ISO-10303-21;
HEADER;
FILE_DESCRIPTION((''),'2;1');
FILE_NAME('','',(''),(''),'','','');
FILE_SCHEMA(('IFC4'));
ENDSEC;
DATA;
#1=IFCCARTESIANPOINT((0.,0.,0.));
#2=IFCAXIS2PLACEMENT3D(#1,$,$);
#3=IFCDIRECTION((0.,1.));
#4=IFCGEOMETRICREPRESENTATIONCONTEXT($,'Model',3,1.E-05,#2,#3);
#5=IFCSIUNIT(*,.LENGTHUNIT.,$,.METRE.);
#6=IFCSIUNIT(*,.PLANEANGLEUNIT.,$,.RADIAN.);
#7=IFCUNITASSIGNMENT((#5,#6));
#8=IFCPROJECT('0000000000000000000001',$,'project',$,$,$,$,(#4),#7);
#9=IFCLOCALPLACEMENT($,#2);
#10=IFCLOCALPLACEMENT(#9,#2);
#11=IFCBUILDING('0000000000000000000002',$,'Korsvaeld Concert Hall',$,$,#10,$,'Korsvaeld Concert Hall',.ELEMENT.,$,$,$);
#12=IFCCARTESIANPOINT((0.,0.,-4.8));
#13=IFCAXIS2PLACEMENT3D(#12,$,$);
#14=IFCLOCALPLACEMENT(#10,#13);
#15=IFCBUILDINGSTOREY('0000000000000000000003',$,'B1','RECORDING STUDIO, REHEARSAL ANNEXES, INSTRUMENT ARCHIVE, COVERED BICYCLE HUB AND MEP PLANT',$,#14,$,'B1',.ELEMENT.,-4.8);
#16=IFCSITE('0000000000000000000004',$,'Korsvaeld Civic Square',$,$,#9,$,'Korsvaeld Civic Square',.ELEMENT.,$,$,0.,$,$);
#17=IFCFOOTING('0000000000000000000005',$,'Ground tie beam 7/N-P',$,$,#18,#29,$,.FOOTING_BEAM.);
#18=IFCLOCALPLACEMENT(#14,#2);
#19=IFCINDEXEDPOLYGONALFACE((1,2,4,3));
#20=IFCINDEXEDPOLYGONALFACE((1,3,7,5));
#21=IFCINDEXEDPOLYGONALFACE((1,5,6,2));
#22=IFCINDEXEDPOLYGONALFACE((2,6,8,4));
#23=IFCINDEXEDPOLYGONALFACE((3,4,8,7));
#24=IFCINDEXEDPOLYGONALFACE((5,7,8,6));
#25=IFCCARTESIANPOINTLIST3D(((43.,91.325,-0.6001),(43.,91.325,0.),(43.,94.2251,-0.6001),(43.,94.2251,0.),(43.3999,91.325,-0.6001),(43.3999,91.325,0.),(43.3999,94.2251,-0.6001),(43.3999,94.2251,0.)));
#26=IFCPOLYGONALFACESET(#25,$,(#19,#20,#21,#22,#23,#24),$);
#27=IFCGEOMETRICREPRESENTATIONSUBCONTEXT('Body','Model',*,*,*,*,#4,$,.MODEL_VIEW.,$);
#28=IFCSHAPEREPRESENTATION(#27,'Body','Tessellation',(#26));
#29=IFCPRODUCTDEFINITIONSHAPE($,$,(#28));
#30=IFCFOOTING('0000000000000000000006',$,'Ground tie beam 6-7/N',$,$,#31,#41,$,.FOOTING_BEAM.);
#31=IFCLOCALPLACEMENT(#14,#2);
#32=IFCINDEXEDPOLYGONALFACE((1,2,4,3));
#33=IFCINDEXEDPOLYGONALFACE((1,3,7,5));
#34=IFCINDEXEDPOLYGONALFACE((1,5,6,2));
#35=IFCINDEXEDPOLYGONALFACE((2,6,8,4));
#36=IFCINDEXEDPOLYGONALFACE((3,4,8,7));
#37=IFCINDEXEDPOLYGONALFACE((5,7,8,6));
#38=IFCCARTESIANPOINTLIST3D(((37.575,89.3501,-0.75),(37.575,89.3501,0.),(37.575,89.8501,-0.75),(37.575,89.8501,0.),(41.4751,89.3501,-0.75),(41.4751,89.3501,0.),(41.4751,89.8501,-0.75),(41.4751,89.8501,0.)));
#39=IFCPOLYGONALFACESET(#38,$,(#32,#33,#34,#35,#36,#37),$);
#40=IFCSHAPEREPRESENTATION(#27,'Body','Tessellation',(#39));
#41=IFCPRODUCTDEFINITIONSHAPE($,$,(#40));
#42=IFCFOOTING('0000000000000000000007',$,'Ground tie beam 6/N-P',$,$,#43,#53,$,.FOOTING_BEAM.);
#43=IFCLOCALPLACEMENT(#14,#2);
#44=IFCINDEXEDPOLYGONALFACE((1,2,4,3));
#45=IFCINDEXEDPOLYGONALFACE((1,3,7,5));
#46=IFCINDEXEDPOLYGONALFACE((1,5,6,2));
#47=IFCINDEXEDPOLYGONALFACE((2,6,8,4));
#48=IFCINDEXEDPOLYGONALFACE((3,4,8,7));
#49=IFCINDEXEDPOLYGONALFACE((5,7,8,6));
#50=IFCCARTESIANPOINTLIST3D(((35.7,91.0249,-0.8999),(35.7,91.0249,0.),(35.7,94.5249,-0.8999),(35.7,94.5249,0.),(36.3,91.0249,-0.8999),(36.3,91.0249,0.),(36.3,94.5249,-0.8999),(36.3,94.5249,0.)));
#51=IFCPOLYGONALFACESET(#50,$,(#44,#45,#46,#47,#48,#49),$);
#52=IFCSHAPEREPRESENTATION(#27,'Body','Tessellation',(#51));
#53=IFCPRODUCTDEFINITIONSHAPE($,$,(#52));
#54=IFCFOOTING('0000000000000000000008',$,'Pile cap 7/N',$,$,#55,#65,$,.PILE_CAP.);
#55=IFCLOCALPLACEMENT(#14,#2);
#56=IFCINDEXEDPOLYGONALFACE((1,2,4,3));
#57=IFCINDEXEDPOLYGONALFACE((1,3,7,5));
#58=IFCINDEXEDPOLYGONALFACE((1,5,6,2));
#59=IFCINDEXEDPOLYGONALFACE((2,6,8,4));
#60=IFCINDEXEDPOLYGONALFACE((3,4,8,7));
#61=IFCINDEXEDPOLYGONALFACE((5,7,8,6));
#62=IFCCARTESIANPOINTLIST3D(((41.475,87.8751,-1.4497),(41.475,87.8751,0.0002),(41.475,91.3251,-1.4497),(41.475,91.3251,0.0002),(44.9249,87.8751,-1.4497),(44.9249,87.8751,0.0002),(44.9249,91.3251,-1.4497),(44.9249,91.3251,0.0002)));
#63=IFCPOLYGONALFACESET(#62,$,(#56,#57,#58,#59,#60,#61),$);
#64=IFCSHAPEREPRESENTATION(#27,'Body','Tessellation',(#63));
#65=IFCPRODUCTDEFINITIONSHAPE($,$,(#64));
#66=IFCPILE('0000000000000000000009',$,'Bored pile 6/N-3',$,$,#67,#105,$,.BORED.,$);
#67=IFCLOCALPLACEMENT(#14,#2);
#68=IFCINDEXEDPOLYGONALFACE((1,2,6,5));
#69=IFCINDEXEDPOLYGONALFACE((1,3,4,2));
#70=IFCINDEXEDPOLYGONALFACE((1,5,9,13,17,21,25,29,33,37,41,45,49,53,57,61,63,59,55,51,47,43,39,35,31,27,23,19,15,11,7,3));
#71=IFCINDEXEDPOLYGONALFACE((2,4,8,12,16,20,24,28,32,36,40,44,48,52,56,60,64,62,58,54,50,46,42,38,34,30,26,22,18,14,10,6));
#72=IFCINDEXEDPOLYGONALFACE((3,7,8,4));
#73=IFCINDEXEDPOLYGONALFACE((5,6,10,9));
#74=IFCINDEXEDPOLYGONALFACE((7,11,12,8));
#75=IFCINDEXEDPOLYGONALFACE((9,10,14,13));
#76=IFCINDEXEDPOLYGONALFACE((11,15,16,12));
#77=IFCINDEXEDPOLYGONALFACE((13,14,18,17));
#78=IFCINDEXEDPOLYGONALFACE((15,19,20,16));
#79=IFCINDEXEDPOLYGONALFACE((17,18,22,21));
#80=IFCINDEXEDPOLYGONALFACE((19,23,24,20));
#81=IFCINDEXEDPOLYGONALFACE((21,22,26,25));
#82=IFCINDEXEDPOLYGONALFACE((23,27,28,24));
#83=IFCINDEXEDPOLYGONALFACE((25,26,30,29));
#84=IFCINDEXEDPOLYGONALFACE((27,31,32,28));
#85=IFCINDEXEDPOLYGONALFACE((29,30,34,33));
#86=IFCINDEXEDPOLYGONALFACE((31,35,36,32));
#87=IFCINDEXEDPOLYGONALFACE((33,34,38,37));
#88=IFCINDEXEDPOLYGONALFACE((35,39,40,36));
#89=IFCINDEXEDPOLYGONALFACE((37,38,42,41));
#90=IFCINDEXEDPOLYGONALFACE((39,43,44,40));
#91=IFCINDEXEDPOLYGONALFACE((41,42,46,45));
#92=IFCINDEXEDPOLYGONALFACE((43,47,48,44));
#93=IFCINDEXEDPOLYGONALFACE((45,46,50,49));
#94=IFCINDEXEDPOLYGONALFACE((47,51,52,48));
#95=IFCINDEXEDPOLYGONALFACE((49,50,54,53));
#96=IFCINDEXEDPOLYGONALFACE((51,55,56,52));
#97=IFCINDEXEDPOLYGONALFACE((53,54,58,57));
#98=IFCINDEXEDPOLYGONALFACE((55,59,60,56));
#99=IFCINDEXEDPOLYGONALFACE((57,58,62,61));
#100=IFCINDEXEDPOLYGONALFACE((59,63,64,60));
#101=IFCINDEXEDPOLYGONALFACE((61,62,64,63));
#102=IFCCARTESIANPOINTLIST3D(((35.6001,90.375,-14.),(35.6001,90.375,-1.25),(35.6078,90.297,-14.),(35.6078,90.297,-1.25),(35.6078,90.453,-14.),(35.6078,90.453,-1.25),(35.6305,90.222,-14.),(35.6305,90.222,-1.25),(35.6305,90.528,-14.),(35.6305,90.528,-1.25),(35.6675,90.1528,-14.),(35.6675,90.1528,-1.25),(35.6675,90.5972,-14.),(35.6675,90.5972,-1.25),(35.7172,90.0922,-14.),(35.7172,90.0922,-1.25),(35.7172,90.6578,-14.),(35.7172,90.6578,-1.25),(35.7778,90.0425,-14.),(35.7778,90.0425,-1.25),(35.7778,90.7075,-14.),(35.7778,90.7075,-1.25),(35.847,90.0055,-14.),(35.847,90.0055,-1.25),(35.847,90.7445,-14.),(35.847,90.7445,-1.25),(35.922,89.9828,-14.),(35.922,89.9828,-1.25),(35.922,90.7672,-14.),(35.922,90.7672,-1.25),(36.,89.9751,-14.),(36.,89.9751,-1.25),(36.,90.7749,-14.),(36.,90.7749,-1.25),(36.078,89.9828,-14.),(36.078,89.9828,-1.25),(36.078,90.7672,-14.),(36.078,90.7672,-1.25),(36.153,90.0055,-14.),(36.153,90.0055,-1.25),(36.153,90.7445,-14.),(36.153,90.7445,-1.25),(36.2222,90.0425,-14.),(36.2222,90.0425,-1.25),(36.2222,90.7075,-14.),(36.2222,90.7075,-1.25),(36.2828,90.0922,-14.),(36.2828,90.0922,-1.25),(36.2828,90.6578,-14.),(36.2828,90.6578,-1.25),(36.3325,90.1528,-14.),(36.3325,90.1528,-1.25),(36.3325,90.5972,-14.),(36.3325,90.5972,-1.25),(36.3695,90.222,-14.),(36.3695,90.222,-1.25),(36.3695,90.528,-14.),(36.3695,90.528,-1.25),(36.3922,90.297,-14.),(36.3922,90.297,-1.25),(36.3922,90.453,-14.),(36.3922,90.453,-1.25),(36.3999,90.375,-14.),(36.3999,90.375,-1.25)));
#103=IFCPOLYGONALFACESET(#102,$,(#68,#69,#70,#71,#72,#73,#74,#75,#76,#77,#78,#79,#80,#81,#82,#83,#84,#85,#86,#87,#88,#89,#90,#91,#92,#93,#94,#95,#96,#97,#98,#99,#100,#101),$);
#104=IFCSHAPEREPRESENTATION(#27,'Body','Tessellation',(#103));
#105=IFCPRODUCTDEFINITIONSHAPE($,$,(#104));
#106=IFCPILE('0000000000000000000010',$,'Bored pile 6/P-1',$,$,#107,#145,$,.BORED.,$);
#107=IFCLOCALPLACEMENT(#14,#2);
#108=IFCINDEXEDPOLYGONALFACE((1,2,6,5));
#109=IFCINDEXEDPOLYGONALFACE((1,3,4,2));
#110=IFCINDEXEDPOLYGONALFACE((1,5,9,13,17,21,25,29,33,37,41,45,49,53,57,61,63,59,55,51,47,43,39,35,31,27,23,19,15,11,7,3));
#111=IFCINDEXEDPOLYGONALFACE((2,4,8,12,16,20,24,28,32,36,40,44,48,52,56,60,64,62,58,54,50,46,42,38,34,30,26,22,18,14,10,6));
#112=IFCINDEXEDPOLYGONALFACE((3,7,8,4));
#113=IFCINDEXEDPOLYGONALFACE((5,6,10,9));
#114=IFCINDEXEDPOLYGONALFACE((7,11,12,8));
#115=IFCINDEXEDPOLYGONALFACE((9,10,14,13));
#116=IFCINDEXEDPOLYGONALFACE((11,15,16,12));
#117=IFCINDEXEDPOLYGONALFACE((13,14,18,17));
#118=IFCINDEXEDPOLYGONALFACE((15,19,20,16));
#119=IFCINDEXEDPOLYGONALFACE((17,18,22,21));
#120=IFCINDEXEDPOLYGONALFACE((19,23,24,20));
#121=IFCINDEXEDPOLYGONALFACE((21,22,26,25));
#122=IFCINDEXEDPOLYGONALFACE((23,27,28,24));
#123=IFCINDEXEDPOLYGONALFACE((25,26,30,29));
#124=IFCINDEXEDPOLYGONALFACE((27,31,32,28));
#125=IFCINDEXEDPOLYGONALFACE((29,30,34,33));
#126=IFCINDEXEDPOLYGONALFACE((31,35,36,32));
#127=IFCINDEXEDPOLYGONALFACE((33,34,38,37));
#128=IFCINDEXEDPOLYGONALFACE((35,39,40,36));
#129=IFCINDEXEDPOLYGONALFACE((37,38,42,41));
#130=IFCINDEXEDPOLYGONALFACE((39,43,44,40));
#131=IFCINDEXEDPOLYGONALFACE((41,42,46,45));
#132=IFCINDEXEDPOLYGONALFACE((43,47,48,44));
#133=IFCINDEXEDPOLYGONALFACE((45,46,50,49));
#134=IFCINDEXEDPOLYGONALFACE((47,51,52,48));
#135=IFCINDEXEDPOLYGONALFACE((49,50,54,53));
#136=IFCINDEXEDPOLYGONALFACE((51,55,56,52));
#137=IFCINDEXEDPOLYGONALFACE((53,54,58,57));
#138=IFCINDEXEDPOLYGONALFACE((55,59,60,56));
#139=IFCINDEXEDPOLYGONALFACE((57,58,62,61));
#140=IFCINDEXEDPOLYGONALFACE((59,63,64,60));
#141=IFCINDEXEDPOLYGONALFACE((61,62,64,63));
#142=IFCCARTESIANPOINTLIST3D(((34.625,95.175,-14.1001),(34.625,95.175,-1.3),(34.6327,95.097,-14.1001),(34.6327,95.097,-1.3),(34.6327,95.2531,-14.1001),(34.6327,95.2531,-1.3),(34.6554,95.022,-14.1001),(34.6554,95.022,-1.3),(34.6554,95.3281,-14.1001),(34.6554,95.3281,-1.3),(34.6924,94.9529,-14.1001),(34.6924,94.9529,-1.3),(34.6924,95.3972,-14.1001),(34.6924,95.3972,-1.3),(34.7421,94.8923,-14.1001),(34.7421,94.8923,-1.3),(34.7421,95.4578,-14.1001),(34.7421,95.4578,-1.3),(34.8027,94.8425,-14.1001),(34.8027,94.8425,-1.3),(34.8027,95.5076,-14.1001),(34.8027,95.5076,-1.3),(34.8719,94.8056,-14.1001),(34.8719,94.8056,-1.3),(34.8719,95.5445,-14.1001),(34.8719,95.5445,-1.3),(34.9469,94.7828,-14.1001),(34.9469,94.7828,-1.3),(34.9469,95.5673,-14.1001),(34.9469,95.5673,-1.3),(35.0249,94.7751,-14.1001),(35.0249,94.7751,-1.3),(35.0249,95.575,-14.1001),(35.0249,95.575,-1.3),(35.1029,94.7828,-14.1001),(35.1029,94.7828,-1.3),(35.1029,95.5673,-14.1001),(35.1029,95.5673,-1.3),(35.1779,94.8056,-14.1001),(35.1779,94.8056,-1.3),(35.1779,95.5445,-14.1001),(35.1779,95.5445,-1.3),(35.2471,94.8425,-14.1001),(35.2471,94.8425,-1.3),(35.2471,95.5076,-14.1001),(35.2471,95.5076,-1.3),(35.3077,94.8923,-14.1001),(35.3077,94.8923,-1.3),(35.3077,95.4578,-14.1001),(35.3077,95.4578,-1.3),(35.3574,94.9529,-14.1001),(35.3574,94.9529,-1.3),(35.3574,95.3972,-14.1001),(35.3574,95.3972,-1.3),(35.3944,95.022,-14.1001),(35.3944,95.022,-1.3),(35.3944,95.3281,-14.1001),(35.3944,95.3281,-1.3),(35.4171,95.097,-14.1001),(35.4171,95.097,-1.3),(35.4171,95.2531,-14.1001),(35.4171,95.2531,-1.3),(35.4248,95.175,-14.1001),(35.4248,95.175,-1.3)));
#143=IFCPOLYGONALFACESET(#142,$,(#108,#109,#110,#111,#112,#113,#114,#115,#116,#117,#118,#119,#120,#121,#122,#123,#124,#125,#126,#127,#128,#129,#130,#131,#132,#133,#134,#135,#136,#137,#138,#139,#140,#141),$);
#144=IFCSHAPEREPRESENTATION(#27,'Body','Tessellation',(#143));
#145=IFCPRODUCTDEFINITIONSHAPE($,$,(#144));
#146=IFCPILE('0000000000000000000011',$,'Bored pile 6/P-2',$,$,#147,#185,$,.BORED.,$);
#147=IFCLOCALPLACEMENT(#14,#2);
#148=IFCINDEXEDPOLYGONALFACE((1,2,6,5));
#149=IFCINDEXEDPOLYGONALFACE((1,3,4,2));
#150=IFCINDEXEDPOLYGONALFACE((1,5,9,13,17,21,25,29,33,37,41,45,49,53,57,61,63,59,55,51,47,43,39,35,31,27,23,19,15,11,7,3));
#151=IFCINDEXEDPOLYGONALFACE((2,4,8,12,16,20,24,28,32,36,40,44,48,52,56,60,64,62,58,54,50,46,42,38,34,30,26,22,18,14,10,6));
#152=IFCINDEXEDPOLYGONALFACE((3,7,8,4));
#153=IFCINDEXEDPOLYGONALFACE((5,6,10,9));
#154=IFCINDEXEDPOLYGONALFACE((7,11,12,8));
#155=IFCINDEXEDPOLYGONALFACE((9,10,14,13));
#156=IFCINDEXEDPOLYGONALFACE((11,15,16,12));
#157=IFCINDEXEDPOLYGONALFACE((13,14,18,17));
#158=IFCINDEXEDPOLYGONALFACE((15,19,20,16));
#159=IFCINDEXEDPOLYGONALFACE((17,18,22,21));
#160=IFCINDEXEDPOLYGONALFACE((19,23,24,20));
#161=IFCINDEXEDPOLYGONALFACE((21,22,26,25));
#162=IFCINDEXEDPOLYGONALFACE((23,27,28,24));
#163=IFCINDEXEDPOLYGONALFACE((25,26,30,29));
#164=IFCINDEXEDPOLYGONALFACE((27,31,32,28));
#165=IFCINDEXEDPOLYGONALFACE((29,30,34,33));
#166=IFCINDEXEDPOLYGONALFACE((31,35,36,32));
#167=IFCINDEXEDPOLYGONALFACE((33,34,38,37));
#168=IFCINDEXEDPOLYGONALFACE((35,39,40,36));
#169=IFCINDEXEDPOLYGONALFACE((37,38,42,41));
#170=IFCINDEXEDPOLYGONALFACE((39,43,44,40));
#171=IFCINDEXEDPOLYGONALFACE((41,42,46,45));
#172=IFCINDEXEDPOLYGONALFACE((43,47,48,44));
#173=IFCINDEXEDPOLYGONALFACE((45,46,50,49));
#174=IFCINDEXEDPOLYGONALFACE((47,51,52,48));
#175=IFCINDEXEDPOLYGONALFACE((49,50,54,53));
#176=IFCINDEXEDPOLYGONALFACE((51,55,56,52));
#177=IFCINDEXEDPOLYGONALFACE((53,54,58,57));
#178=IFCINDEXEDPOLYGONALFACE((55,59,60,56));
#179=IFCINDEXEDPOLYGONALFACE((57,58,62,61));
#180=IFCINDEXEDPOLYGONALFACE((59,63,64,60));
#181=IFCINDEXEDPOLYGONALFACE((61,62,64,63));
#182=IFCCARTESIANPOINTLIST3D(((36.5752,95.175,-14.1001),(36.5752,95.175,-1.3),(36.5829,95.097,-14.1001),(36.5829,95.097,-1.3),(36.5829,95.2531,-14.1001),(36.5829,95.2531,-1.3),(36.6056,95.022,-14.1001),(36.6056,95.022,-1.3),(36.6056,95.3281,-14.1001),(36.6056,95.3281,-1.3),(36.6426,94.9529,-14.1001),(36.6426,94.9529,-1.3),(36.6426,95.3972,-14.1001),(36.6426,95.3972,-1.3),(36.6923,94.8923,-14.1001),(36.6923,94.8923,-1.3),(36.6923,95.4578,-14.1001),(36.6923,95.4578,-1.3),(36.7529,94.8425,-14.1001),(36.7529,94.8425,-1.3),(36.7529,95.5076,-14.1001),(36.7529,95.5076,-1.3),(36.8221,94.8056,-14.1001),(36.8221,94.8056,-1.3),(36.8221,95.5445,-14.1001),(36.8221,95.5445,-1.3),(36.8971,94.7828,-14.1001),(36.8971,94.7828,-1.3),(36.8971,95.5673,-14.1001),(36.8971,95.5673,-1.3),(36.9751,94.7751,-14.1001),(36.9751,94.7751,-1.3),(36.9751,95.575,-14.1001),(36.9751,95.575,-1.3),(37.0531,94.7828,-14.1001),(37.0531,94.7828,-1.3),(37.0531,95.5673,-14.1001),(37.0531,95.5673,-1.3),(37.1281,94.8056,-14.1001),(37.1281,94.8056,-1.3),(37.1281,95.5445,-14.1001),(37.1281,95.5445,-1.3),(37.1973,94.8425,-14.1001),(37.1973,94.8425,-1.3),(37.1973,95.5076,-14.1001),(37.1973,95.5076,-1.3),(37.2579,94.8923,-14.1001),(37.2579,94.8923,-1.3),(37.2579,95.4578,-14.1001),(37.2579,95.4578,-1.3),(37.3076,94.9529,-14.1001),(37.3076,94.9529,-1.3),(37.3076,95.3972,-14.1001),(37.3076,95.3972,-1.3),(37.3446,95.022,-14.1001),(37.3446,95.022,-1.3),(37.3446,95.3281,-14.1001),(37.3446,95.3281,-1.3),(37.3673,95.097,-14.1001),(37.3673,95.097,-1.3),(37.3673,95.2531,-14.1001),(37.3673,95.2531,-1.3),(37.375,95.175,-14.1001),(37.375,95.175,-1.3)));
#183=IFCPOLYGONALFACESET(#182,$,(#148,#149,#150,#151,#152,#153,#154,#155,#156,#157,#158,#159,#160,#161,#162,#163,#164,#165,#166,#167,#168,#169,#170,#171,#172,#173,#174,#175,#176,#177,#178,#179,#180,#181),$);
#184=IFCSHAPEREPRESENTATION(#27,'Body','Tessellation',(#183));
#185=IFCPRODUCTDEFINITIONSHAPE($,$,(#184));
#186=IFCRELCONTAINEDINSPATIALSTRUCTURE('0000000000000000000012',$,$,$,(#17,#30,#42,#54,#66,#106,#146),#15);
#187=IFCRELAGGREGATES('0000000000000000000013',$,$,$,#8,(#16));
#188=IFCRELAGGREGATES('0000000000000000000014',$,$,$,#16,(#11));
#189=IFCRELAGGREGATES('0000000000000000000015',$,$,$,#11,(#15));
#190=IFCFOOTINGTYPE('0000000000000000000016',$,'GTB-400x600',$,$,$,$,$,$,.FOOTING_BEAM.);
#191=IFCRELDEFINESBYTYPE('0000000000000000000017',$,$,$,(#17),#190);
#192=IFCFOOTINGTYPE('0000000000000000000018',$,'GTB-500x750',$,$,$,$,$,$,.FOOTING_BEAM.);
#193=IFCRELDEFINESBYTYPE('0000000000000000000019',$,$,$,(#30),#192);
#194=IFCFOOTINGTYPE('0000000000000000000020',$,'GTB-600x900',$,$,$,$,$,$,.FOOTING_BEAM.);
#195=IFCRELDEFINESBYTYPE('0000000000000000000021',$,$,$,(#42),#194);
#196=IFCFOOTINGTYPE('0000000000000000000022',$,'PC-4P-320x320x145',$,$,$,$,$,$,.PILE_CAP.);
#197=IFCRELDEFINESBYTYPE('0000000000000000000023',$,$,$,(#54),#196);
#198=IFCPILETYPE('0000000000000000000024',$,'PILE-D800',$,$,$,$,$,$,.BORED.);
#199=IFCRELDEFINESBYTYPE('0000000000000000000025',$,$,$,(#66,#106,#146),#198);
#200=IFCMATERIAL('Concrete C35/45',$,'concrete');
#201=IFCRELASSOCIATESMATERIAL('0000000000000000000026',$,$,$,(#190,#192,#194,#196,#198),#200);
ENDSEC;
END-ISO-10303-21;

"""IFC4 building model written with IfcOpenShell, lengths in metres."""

from ifc_helpers import new_model, si_unit, direction, frame, origin, origin_2d, place, context, subcontext, project, spatial, rectangle, circle, extrude, material, material_profile, profile_set, type_object, element, save


model = new_model("IFC4")

# Units and contexts
model_context = context("Model", 3, precision=1e-05, world=origin(), true_north=direction((0.0, 1.0)))
body_context = subcontext(model_context, "Body", "Model", "MODEL_VIEW")
ifc_project = project(units=[si_unit("LENGTHUNIT", "METRE"), si_unit("PLANEANGLEUNIT", "RADIAN")], contexts=[model_context])

# Site, building, storey
site_placement = place(None, origin())
site = spatial("IfcSite", under=ifc_project, at=site_placement, Name="Korsvaeld Civic Square", LongName="Korsvaeld Civic Square", CompositionType="ELEMENT", RefElevation=0.0)
building_placement = place(site_placement, origin())
building = spatial("IfcBuilding", under=site, at=building_placement, Name="Korsvaeld Concert Hall", LongName="Korsvaeld Concert Hall", CompositionType="ELEMENT")
storey_placement = place(building_placement, frame((0.0, 0.0, -4.8)))
storey = spatial("IfcBuildingStorey", under=building, at=storey_placement, Name="B1", Description="RECORDING STUDIO, REHEARSAL ANNEXES, INSTRUMENT ARCHIVE, COVERED BICYCLE HUB AND MEP PLANT", LongName="B1", CompositionType="ELEMENT", Elevation=-4.8)

# Footings
ifc_material_1 = material(Name="Concrete C35/45", Category="concrete")
ifc_material_profile_1 = material_profile(ifc_material_1, rectangle(XDim=0.3999, YDim=0.6001, at=origin_2d()), Name="GTB 400x600")
ifc_profile_set_1 = profile_set([ifc_material_profile_1], Name="Concrete C35/45")
footing_type_1 = type_object("IfcFootingType", Name="GTB-400x600", PredefinedType="FOOTING_BEAM", material=ifc_profile_set_1)
footing_1_placement = place(storey_placement, frame((43.2, 91.325, -0.3), z_axis=(0.0, 1.0, 0.0), x_axis=(-1.0, 0.0, 0.0)))
element("IfcFooting", 1, at=footing_1_placement, inside=storey, type_object=footing_type_1, Name="Ground tie beam 7/N-P", PredefinedType="FOOTING_BEAM", context=body_context, shape_type="SweptSolid", body=[
    extrude(rectangle(XDim=0.3999, YDim=0.6001, at=origin_2d()), origin(), (0.0, 0.0, 1.0), 2.9001),
])
ifc_material_profile_2 = material_profile(ifc_material_1, rectangle(XDim=0.5, YDim=0.75, at=origin_2d()), Name="GTB 500x750")
ifc_profile_set_2 = profile_set([ifc_material_profile_2], Name="Concrete C35/45")
footing_type_2 = type_object("IfcFootingType", Name="GTB-500x750", PredefinedType="FOOTING_BEAM", material=ifc_profile_set_2)
footing_2_placement = place(storey_placement, frame((37.575, 89.6001, -0.375), z_axis=(1.0, 0.0, 0.0), x_axis=(0.0, 1.0, 0.0)))
element("IfcFooting", 2, at=footing_2_placement, inside=storey, type_object=footing_type_2, Name="Ground tie beam 6-7/N", PredefinedType="FOOTING_BEAM", context=body_context, shape_type="SweptSolid", body=[
    extrude(rectangle(XDim=0.5, YDim=0.75, at=origin_2d()), origin(), (0.0, 0.0, 1.0), 3.9001),
])
ifc_material_profile_3 = material_profile(ifc_material_1, rectangle(XDim=0.6001, YDim=0.8999, at=origin_2d()), Name="GTB 600x900")
ifc_profile_set_3 = profile_set([ifc_material_profile_3], Name="Concrete C35/45")
footing_type_3 = type_object("IfcFootingType", Name="GTB-600x900", PredefinedType="FOOTING_BEAM", material=ifc_profile_set_3)
footing_3_placement = place(storey_placement, frame((36.0, 91.0249, -0.45), z_axis=(0.0, 1.0, 0.0), x_axis=(-1.0, 0.0, 0.0)))
element("IfcFooting", 3, at=footing_3_placement, inside=storey, type_object=footing_type_3, Name="Ground tie beam 6/N-P", PredefinedType="FOOTING_BEAM", context=body_context, shape_type="SweptSolid", body=[
    extrude(rectangle(XDim=0.6001, YDim=0.8999, at=origin_2d()), origin(), (0.0, 0.0, 1.0), 3.5),
])
footing_type_4 = type_object("IfcFootingType", Name="PC-4P-320x320x145", PredefinedType="PILE_CAP", material=ifc_material_1)
footing_4_placement = place(storey_placement, frame((43.2, 89.6001, -1.4497), z_axis=(0.0, 0.0, 1.0), x_axis=(1.0, 0.0, 0.0)))
element("IfcFooting", 4, at=footing_4_placement, inside=storey, type_object=footing_type_4, Name="Pile cap 7/N", PredefinedType="PILE_CAP", context=body_context, shape_type="SweptSolid", body=[
    extrude(rectangle(XDim=3.45, YDim=3.45, at=origin_2d()), origin(), (0.0, 0.0, 1.0), 1.45),
])

# Piles
ifc_material_profile_4 = material_profile(ifc_material_1, circle(Radius=0.3999, at=origin_2d()), Name="BORED PILE D800")
ifc_profile_set_4 = profile_set([ifc_material_profile_4], Name="Concrete C35/45")
pile_type_1 = type_object("IfcPileType", Name="PILE-D800", PredefinedType="BORED", material=ifc_profile_set_4)
pile_1_placement = place(storey_placement, frame((36.0, 90.375, -1.25), z_axis=(0.0, 0.0, -1.0), x_axis=(1.0, 0.0, 0.0)))
element("IfcPile", 5, at=pile_1_placement, inside=storey, type_object=pile_type_1, Name="Bored pile 6/N-3", PredefinedType="BORED", context=body_context, shape_type="SweptSolid", body=[
    extrude(circle(Radius=0.3999, at=origin_2d()), origin(), (0.0, 0.0, 1.0), 12.75),
])
for number, where, z_axis, x_axis, name in (
    (6, (35.0249, 95.175, -1.3), (0.0, 0.0, -1.0), (1.0, 0.0, 0.0), "Bored pile 6/P-1"),
    (7, (36.9751, 95.175, -1.3), (0.0, 0.0, -1.0), (1.0, 0.0, 0.0), "Bored pile 6/P-2"),
):
    element("IfcPile", number, at=place(storey_placement, frame(where, z_axis=z_axis, x_axis=x_axis)), inside=storey, type_object=pile_type_1, Name=name, PredefinedType="BORED", context=body_context, shape_type="SweptSolid", body=[
        extrude(circle(Radius=0.3999, at=origin_2d()), origin(), (0.0, 0.0, 1.0), 12.8),
    ])

save(model, "model.ifc")
